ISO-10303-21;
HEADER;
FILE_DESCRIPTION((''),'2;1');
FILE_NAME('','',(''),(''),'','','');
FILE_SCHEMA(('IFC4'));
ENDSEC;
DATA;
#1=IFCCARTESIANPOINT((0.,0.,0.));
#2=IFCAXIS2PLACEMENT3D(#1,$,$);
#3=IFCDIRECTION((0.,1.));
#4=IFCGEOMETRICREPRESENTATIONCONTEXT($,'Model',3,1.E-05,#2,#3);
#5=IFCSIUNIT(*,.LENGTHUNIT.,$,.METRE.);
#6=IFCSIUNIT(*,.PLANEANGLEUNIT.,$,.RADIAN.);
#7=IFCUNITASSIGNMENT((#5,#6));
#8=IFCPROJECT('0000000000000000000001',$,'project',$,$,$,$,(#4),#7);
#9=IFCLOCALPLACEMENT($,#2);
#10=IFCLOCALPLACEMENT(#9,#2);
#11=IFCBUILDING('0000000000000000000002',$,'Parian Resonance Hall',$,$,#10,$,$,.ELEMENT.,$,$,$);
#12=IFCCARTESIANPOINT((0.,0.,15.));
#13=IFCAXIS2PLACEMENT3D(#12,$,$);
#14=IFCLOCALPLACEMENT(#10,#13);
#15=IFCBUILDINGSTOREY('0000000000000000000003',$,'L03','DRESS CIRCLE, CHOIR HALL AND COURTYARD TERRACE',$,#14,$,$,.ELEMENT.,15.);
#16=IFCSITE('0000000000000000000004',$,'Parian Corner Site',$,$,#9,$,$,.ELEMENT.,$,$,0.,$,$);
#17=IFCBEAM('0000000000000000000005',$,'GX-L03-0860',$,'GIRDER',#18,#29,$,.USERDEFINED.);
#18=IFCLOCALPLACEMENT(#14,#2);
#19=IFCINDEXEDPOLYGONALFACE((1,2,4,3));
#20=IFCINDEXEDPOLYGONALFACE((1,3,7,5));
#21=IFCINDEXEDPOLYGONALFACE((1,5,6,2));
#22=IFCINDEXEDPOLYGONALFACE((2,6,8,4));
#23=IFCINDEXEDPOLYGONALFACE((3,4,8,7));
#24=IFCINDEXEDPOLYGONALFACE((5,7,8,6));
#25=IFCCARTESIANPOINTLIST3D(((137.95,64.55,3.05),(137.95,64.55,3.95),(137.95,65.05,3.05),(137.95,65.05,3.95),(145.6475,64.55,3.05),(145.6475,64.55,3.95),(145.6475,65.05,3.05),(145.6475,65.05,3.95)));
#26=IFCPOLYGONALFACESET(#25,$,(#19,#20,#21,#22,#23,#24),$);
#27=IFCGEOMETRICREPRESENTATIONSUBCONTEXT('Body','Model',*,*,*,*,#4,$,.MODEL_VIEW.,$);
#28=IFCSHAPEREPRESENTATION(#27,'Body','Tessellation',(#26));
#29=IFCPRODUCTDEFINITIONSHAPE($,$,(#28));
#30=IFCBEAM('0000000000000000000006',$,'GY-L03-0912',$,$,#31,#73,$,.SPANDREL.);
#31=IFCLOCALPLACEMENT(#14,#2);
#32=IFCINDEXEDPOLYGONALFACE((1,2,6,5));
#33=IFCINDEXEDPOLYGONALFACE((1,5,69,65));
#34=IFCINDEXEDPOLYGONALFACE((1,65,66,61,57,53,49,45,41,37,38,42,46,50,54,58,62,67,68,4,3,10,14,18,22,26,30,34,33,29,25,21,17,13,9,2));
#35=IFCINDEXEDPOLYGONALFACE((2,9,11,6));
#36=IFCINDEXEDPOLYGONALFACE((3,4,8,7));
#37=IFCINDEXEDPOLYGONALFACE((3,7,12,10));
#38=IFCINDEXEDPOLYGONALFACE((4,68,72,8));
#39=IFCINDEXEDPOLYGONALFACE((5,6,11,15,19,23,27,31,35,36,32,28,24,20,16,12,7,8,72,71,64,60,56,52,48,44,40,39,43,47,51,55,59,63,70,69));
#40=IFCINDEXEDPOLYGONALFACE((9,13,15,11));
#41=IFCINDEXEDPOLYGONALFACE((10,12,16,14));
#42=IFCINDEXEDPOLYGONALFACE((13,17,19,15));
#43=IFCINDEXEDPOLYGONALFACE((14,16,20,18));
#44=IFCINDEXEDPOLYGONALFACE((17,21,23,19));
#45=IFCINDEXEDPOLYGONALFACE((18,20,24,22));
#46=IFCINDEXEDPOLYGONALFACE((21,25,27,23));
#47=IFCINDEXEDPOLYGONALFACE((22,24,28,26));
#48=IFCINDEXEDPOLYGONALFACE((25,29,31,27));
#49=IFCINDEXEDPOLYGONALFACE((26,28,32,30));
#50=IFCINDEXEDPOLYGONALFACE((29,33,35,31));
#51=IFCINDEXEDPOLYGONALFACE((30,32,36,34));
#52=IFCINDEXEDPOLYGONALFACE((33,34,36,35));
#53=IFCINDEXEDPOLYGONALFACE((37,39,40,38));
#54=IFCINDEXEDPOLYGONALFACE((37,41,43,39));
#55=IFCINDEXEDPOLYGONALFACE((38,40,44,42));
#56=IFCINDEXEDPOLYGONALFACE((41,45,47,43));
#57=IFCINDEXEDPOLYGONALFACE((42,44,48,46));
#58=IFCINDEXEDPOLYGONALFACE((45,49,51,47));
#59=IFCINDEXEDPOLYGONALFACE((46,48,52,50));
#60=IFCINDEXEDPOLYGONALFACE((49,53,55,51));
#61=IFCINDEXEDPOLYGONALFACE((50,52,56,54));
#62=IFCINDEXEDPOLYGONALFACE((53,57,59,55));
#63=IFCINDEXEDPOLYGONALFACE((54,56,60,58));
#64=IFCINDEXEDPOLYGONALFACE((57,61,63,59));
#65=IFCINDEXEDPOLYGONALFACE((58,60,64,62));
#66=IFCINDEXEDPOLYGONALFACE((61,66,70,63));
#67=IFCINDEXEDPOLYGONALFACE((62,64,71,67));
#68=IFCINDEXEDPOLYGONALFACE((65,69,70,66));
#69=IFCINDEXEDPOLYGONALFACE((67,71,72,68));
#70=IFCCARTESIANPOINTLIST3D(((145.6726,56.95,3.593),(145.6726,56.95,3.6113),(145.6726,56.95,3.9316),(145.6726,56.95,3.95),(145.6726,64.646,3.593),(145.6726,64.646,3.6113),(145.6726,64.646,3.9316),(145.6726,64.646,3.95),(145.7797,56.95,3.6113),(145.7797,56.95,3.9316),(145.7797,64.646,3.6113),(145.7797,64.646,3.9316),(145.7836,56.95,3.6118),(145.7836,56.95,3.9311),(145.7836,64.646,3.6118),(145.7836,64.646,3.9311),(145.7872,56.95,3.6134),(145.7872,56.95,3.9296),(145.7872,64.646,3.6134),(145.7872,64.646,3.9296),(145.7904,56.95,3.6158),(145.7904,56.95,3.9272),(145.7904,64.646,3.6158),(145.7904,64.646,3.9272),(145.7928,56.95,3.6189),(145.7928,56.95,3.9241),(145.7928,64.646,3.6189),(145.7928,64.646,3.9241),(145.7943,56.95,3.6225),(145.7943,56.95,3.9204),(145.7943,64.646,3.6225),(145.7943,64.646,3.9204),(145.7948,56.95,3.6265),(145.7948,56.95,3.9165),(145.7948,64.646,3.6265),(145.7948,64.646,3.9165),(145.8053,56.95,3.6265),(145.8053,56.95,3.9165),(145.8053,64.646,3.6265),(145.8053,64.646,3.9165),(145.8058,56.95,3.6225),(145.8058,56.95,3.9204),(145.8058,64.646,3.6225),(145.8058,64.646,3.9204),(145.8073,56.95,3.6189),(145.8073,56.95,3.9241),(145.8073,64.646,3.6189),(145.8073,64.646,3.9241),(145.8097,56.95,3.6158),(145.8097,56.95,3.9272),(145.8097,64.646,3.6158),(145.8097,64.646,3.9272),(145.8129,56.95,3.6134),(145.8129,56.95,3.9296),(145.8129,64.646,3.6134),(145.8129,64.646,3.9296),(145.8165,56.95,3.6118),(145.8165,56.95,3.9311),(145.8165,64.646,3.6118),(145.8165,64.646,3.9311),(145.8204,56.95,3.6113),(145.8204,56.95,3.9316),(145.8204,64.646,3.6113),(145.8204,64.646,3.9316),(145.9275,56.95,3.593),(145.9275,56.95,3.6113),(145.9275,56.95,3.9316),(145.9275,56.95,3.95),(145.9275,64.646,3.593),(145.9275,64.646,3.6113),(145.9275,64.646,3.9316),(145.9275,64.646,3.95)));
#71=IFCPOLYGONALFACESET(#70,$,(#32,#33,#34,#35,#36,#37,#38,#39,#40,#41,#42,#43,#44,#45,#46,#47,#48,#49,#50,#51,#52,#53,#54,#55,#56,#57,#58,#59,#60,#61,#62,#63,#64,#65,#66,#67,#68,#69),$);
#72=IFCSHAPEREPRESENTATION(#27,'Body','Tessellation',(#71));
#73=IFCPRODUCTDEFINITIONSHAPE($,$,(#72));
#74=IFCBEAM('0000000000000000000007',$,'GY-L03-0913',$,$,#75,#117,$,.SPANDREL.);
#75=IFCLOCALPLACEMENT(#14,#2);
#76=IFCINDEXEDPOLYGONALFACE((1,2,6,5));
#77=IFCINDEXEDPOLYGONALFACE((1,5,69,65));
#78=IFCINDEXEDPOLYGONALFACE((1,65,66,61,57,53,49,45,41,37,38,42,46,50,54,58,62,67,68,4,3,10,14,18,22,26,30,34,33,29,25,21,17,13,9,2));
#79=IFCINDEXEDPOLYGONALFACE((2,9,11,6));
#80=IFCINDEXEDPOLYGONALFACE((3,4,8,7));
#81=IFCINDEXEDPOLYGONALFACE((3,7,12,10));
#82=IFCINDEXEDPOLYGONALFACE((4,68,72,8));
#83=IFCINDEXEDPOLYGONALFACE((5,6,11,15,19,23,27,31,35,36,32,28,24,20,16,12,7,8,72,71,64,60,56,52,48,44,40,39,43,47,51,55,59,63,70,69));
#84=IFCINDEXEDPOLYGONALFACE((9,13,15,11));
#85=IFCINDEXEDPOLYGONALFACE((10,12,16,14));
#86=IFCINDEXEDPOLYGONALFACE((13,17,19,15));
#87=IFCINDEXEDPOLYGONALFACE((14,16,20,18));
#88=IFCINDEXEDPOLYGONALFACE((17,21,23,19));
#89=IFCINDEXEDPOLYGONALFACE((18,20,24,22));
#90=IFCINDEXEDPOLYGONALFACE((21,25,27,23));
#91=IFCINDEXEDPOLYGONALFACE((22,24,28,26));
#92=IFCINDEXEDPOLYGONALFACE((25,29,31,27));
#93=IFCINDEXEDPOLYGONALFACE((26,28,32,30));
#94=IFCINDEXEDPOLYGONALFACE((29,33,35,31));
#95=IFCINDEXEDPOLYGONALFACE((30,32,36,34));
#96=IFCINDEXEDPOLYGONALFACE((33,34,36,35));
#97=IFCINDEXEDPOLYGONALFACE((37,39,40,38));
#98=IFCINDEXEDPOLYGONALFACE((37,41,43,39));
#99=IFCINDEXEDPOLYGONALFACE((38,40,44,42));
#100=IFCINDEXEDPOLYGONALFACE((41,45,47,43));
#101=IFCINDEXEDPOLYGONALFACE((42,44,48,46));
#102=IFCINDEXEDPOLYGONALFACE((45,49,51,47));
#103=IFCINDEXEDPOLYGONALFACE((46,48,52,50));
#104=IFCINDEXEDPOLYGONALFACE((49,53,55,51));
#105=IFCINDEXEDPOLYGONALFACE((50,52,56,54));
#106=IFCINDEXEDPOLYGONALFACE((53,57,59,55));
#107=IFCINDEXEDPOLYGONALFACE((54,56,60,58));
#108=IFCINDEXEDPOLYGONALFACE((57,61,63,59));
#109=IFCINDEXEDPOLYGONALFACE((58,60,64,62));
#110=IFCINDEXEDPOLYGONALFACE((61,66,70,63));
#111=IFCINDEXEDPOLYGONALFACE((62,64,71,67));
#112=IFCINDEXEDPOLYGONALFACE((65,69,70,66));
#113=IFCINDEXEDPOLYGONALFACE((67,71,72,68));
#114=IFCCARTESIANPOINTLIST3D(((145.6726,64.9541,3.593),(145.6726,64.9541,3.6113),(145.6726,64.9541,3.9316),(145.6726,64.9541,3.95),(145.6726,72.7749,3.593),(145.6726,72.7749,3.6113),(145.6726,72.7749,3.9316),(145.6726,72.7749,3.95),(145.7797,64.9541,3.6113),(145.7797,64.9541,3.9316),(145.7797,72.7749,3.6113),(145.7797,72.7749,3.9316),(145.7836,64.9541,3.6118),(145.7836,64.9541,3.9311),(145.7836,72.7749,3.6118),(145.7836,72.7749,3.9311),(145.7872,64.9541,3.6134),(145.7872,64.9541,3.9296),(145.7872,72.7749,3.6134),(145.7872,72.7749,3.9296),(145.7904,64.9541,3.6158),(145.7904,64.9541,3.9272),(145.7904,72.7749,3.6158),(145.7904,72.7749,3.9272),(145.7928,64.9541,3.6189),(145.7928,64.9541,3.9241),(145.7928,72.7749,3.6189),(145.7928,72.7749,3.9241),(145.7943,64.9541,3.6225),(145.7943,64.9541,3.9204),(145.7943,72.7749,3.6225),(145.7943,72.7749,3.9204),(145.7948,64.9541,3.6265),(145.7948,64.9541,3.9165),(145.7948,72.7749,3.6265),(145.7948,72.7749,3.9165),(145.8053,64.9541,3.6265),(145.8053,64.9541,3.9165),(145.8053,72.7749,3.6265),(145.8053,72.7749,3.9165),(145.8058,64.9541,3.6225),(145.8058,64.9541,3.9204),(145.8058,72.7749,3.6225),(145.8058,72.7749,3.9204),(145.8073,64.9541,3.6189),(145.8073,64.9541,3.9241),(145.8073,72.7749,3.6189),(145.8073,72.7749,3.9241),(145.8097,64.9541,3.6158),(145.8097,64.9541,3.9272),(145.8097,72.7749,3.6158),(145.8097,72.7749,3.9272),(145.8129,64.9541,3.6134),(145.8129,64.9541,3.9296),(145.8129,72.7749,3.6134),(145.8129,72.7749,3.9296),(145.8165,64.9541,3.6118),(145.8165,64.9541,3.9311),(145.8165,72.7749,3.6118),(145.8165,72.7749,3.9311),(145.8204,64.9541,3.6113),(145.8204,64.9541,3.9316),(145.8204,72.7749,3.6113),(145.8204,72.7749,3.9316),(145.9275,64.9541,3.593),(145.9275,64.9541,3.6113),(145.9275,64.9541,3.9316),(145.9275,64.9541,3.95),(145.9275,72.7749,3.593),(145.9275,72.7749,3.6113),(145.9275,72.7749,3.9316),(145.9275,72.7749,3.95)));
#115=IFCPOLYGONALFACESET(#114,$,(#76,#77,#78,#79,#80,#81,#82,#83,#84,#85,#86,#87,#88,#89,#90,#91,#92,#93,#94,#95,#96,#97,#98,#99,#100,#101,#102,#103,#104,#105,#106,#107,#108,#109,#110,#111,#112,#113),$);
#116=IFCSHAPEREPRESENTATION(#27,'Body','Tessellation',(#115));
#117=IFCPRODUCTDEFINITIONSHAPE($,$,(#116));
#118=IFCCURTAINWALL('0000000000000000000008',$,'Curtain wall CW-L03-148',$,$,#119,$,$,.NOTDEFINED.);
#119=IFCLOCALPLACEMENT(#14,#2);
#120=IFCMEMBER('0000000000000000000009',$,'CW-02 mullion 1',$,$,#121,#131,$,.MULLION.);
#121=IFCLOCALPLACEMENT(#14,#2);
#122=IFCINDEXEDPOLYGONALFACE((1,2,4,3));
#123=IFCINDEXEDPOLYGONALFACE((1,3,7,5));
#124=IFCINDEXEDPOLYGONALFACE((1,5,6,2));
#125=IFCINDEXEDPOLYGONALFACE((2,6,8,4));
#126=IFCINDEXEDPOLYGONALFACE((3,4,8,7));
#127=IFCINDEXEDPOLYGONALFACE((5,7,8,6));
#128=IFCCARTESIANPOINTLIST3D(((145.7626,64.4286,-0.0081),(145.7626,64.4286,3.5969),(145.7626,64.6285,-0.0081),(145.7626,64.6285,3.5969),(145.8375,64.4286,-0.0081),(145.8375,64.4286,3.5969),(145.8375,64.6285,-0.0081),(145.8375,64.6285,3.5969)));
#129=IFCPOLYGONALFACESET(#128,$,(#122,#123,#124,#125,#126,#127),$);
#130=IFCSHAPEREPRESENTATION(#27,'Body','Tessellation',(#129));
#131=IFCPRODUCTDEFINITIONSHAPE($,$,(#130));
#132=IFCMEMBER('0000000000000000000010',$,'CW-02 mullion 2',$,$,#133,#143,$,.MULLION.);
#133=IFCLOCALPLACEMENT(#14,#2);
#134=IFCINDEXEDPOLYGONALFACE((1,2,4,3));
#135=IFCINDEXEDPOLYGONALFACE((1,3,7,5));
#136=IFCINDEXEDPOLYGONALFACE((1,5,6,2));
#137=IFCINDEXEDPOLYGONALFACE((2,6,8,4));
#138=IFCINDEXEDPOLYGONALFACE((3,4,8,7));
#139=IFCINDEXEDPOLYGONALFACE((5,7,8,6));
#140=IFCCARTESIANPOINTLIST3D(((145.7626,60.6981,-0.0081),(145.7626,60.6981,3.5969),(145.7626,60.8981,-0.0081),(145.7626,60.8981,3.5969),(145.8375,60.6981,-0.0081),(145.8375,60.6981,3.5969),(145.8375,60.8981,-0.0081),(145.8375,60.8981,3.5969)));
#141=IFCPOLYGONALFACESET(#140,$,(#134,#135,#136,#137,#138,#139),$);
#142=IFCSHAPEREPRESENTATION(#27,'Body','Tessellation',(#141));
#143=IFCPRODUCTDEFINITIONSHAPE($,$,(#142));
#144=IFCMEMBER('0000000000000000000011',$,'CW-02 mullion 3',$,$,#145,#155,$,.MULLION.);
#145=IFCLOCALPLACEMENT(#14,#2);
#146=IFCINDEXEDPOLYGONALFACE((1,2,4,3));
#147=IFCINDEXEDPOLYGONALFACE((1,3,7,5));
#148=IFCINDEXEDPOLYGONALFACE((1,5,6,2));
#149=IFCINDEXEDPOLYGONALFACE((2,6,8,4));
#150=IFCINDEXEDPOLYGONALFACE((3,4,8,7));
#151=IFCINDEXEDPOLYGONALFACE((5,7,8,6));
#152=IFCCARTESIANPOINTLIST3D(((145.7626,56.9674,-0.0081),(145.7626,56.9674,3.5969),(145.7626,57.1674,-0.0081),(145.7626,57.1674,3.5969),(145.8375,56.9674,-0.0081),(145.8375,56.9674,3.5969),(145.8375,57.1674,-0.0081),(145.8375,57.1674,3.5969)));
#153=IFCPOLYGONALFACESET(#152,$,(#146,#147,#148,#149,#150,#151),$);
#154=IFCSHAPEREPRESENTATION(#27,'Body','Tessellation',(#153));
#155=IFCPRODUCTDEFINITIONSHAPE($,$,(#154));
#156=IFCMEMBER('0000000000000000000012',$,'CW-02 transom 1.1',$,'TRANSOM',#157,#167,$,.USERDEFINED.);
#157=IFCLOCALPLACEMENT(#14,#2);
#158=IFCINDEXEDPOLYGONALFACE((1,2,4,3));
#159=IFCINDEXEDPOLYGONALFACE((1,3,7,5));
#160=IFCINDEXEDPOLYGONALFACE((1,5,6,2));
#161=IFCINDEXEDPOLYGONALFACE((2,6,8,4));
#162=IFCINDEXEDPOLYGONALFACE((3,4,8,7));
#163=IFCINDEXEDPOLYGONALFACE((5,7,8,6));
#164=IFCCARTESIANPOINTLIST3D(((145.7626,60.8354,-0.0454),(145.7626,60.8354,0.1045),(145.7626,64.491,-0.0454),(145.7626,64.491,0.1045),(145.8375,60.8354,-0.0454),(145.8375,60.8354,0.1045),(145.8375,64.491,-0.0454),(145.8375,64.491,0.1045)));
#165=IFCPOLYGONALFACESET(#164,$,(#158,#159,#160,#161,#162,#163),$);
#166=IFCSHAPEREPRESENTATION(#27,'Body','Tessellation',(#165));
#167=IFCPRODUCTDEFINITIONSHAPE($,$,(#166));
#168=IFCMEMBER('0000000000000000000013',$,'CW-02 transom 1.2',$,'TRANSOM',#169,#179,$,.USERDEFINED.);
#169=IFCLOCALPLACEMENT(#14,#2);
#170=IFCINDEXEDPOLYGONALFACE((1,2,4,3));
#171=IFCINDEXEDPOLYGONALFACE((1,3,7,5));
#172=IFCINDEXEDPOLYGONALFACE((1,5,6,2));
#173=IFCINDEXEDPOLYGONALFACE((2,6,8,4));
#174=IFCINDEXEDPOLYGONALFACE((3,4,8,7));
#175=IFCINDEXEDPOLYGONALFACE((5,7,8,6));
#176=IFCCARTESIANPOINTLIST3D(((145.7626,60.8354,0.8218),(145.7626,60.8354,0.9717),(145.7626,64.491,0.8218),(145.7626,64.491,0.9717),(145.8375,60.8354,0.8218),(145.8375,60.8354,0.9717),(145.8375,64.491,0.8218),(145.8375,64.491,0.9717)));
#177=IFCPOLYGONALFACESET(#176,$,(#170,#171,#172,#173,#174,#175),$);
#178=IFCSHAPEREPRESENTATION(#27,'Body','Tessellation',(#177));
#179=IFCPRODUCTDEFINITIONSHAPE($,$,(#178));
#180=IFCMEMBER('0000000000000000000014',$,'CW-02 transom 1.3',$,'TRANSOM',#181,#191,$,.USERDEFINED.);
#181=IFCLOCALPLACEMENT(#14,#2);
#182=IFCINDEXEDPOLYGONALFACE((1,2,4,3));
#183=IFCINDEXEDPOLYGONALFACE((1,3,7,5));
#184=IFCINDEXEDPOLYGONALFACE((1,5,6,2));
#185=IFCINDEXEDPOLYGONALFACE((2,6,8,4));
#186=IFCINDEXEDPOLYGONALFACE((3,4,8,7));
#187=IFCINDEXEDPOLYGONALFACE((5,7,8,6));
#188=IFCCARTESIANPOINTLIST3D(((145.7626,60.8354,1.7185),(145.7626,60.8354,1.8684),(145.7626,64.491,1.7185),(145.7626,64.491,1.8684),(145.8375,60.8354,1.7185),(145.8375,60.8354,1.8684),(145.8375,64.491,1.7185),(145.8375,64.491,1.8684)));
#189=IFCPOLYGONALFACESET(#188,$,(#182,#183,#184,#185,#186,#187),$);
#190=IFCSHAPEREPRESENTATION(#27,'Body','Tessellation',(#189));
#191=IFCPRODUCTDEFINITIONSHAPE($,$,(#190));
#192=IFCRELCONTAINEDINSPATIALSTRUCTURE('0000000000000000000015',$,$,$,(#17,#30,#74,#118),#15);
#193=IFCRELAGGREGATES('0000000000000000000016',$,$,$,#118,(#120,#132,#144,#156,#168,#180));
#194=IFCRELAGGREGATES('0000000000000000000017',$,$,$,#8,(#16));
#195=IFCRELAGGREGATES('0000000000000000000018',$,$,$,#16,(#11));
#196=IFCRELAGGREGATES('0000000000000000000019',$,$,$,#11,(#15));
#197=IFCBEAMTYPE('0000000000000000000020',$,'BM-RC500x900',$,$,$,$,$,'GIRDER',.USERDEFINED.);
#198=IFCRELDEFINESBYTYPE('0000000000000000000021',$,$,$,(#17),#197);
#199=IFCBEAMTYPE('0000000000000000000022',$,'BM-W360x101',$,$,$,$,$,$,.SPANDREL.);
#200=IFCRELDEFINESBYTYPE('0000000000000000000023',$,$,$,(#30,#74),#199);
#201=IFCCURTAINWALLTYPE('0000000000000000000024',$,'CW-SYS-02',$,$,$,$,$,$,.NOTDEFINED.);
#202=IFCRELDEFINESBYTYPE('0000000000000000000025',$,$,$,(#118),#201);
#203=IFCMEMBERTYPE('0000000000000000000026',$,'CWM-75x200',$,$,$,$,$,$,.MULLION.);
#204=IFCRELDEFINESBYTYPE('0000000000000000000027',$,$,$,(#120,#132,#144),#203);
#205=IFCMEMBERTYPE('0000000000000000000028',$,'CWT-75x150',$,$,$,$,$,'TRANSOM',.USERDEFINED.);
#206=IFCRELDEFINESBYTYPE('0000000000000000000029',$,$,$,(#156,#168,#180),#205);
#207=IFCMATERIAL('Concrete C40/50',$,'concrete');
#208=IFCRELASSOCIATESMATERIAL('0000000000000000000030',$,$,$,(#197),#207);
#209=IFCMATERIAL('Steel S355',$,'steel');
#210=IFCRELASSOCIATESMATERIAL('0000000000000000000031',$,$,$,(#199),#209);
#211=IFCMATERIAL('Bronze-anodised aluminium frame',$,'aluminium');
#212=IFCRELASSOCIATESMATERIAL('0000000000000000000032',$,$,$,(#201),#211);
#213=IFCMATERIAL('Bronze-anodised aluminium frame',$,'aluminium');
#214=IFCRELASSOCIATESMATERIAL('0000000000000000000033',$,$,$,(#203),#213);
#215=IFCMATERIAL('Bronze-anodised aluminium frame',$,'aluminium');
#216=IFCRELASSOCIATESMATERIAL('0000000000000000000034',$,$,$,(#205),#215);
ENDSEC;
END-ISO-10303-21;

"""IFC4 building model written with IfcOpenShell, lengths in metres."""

from ifc_helpers import new_model, si_unit, direction, frame, origin, origin_2d, place, context, subcontext, project, spatial, rectangle, i_section, extrude, material, material_profile, profile_set, type_object, element, aggregate, save


model = new_model("IFC4")

# Units and contexts
model_context = context("Model", 3, precision=1e-05, world=origin(), true_north=direction((0.0, 1.0)))
body_context = subcontext(model_context, "Body", "Model", "MODEL_VIEW")
ifc_project = project(units=[si_unit("LENGTHUNIT", "METRE"), si_unit("PLANEANGLEUNIT", "RADIAN")], contexts=[model_context])

# Site, building, storey
site_placement = place(None, origin())
site = spatial("IfcSite", under=ifc_project, at=site_placement, Name="Parian Corner Site", CompositionType="ELEMENT", RefElevation=0.0)
building_placement = place(site_placement, origin())
building = spatial("IfcBuilding", under=site, at=building_placement, Name="Parian Resonance Hall", CompositionType="ELEMENT")
storey_placement = place(building_placement, frame((0.0, 0.0, 15.0)))
storey = spatial("IfcBuildingStorey", under=building, at=storey_placement, Name="L03", Description="DRESS CIRCLE, CHOIR HALL AND COURTYARD TERRACE", CompositionType="ELEMENT", Elevation=15.0)

# Beams
ifc_material_1 = material(Name="Concrete C40/50", Category="concrete")
ifc_material_profile_1 = material_profile(ifc_material_1, rectangle(XDim=0.5, YDim=0.8999, at=origin_2d()), Name="RC-BM-500x900")
ifc_profile_set_1 = profile_set([ifc_material_profile_1], Name="Concrete C40/50")
beam_type_1 = type_object("IfcBeamType", Name="BM-RC500x900", ElementType="GIRDER", PredefinedType="USERDEFINED", material=ifc_profile_set_1)
beam_1_placement = place(storey_placement, frame((137.95, 64.8, 3.5), z_axis=(1.0, 0.0, 0.0), x_axis=(0.0, 1.0, 0.0)))
element("IfcBeam", 1, at=beam_1_placement, inside=storey, type_object=beam_type_1, Name="GX-L03-0860", ObjectType="GIRDER", PredefinedType="USERDEFINED", context=body_context, shape_type="SweptSolid", body=[
    extrude(rectangle(XDim=0.5, YDim=0.8999, at=origin_2d()), origin(), (0.0, 0.0, 1.0), 7.6975),
])
ifc_material_2 = material(Name="Steel S355", Category="steel")
ifc_material_profile_2 = material_profile(ifc_material_2, i_section(OverallWidth=0.2549, OverallDepth=0.3569, WebThickness=0.0105, FlangeThickness=0.0183, FilletRadius=0.0151, at=origin_2d()), Name="W360x101")
ifc_profile_set_2 = profile_set([ifc_material_profile_2], Name="Steel S355")
beam_type_2 = type_object("IfcBeamType", Name="BM-W360x101", PredefinedType="SPANDREL", material=ifc_profile_set_2)
beam_2_placement = place(storey_placement, frame((145.8, 56.95, 3.7715), z_axis=(0.0, 1.0, 0.0), x_axis=(-1.0, 0.0, 0.0)))
element("IfcBeam", 2, at=beam_2_placement, inside=storey, type_object=beam_type_2, Name="GY-L03-0912", PredefinedType="SPANDREL", context=body_context, shape_type="SweptSolid", body=[
    extrude(i_section(OverallWidth=0.2549, OverallDepth=0.3569, WebThickness=0.0105, FlangeThickness=0.0183, FilletRadius=0.0151, at=origin_2d()), origin(), (0.0, 0.0, 1.0), 7.696),
])
beam_3_placement = place(storey_placement, frame((145.8, 64.9541, 3.7715), z_axis=(0.0, 1.0, 0.0), x_axis=(-1.0, 0.0, 0.0)))
element("IfcBeam", 3, at=beam_3_placement, inside=storey, type_object=beam_type_2, Name="GY-L03-0913", PredefinedType="SPANDREL", context=body_context, shape_type="SweptSolid", body=[
    extrude(i_section(OverallWidth=0.2549, OverallDepth=0.3569, WebThickness=0.0105, FlangeThickness=0.0183, FilletRadius=0.0151, at=origin_2d()), origin(), (0.0, 0.0, 1.0), 7.8208),
])

# Curtain wall, members
ifc_material_3 = material(Name="Bronze-anodised aluminium frame", Category="aluminium")
curtain_wall_type = type_object("IfcCurtainWallType", Name="CW-SYS-02", PredefinedType="NOTDEFINED", material=ifc_material_3)
curtain_wall_placement = place(storey_placement, origin())
curtain_wall = element("IfcCurtainWall", 4, at=curtain_wall_placement, inside=storey, type_object=curtain_wall_type, Name="Curtain wall CW-L03-148", PredefinedType="NOTDEFINED")
ifc_material_4 = material(Name="Bronze-anodised aluminium frame", Category="aluminium")
ifc_material_profile_3 = material_profile(ifc_material_4, rectangle(XDim=0.075, YDim=0.2, at=origin_2d()), Name="CWM-75x200")
ifc_profile_set_3 = profile_set([ifc_material_profile_3], Name="Bronze-anodised aluminium frame")
member_type_1 = type_object("IfcMemberType", Name="CWM-75x200", PredefinedType="MULLION", material=ifc_profile_set_3)
member_1_placement = place(storey_placement, frame((145.8, 64.5286, -0.0081), z_axis=(0.0, 0.0, 1.0), x_axis=(1.0, 0.0, 0.0)))
member_1 = element("IfcMember", 5, at=member_1_placement, type_object=member_type_1, Name="CW-02 mullion 1", PredefinedType="MULLION", context=body_context, shape_type="SweptSolid", body=[
    extrude(rectangle(XDim=0.075, YDim=0.2, at=origin_2d()), origin(), (0.0, 0.0, 1.0), 3.605),
])
member_2_placement = place(storey_placement, frame((145.8, 60.7981, -0.0081), z_axis=(0.0, 0.0, 1.0), x_axis=(1.0, 0.0, 0.0)))
member_2 = element("IfcMember", 6, at=member_2_placement, type_object=member_type_1, Name="CW-02 mullion 2", PredefinedType="MULLION", context=body_context, shape_type="SweptSolid", body=[
    extrude(rectangle(XDim=0.075, YDim=0.2, at=origin_2d()), origin(), (0.0, 0.0, 1.0), 3.605),
])
member_3_placement = place(storey_placement, frame((145.8, 57.0674, -0.0081), z_axis=(0.0, 0.0, 1.0), x_axis=(1.0, 0.0, 0.0)))
member_3 = element("IfcMember", 7, at=member_3_placement, type_object=member_type_1, Name="CW-02 mullion 3", PredefinedType="MULLION", context=body_context, shape_type="SweptSolid", body=[
    extrude(rectangle(XDim=0.075, YDim=0.2, at=origin_2d()), origin(), (0.0, 0.0, 1.0), 3.605),
])
ifc_material_5 = material(Name="Bronze-anodised aluminium frame", Category="aluminium")
ifc_material_profile_4 = material_profile(ifc_material_5, rectangle(XDim=0.075, YDim=0.1499, at=origin_2d()), Name="CWT-75x150")
ifc_profile_set_4 = profile_set([ifc_material_profile_4], Name="Bronze-anodised aluminium frame")
member_type_2 = type_object("IfcMemberType", Name="CWT-75x150", ElementType="TRANSOM", PredefinedType="USERDEFINED", material=ifc_profile_set_4)
member_4_placement = place(storey_placement, frame((145.8, 64.491, 0.0295), z_axis=(0.0, -1.0, 0.0), x_axis=(1.0, 0.0, 0.0)))
member_4 = element("IfcMember", 8, at=member_4_placement, type_object=member_type_2, Name="CW-02 transom 1.1", ObjectType="TRANSOM", PredefinedType="USERDEFINED", context=body_context, shape_type="SweptSolid", body=[
    extrude(rectangle(XDim=0.075, YDim=0.1499, at=origin_2d()), origin(), (0.0, 0.0, 1.0), 3.6555),
])
member_5_placement = place(storey_placement, frame((145.8, 64.491, 0.8967), z_axis=(0.0, -1.0, 0.0), x_axis=(1.0, 0.0, 0.0)))
member_5 = element("IfcMember", 9, at=member_5_placement, type_object=member_type_2, Name="CW-02 transom 1.2", ObjectType="TRANSOM", PredefinedType="USERDEFINED", context=body_context, shape_type="SweptSolid", body=[
    extrude(rectangle(XDim=0.075, YDim=0.1499, at=origin_2d()), origin(), (0.0, 0.0, 1.0), 3.6555),
])
member_6_placement = place(storey_placement, frame((145.8, 64.491, 1.7935), z_axis=(0.0, -1.0, 0.0), x_axis=(1.0, 0.0, 0.0)))
member_6 = element("IfcMember", 10, at=member_6_placement, type_object=member_type_2, Name="CW-02 transom 1.3", ObjectType="TRANSOM", PredefinedType="USERDEFINED", context=body_context, shape_type="SweptSolid", body=[
    extrude(rectangle(XDim=0.075, YDim=0.1499, at=origin_2d()), origin(), (0.0, 0.0, 1.0), 3.6555),
])
aggregate(curtain_wall, [member_1, member_2, member_3, member_4, member_5, member_6])

save(model, "model.ifc")
